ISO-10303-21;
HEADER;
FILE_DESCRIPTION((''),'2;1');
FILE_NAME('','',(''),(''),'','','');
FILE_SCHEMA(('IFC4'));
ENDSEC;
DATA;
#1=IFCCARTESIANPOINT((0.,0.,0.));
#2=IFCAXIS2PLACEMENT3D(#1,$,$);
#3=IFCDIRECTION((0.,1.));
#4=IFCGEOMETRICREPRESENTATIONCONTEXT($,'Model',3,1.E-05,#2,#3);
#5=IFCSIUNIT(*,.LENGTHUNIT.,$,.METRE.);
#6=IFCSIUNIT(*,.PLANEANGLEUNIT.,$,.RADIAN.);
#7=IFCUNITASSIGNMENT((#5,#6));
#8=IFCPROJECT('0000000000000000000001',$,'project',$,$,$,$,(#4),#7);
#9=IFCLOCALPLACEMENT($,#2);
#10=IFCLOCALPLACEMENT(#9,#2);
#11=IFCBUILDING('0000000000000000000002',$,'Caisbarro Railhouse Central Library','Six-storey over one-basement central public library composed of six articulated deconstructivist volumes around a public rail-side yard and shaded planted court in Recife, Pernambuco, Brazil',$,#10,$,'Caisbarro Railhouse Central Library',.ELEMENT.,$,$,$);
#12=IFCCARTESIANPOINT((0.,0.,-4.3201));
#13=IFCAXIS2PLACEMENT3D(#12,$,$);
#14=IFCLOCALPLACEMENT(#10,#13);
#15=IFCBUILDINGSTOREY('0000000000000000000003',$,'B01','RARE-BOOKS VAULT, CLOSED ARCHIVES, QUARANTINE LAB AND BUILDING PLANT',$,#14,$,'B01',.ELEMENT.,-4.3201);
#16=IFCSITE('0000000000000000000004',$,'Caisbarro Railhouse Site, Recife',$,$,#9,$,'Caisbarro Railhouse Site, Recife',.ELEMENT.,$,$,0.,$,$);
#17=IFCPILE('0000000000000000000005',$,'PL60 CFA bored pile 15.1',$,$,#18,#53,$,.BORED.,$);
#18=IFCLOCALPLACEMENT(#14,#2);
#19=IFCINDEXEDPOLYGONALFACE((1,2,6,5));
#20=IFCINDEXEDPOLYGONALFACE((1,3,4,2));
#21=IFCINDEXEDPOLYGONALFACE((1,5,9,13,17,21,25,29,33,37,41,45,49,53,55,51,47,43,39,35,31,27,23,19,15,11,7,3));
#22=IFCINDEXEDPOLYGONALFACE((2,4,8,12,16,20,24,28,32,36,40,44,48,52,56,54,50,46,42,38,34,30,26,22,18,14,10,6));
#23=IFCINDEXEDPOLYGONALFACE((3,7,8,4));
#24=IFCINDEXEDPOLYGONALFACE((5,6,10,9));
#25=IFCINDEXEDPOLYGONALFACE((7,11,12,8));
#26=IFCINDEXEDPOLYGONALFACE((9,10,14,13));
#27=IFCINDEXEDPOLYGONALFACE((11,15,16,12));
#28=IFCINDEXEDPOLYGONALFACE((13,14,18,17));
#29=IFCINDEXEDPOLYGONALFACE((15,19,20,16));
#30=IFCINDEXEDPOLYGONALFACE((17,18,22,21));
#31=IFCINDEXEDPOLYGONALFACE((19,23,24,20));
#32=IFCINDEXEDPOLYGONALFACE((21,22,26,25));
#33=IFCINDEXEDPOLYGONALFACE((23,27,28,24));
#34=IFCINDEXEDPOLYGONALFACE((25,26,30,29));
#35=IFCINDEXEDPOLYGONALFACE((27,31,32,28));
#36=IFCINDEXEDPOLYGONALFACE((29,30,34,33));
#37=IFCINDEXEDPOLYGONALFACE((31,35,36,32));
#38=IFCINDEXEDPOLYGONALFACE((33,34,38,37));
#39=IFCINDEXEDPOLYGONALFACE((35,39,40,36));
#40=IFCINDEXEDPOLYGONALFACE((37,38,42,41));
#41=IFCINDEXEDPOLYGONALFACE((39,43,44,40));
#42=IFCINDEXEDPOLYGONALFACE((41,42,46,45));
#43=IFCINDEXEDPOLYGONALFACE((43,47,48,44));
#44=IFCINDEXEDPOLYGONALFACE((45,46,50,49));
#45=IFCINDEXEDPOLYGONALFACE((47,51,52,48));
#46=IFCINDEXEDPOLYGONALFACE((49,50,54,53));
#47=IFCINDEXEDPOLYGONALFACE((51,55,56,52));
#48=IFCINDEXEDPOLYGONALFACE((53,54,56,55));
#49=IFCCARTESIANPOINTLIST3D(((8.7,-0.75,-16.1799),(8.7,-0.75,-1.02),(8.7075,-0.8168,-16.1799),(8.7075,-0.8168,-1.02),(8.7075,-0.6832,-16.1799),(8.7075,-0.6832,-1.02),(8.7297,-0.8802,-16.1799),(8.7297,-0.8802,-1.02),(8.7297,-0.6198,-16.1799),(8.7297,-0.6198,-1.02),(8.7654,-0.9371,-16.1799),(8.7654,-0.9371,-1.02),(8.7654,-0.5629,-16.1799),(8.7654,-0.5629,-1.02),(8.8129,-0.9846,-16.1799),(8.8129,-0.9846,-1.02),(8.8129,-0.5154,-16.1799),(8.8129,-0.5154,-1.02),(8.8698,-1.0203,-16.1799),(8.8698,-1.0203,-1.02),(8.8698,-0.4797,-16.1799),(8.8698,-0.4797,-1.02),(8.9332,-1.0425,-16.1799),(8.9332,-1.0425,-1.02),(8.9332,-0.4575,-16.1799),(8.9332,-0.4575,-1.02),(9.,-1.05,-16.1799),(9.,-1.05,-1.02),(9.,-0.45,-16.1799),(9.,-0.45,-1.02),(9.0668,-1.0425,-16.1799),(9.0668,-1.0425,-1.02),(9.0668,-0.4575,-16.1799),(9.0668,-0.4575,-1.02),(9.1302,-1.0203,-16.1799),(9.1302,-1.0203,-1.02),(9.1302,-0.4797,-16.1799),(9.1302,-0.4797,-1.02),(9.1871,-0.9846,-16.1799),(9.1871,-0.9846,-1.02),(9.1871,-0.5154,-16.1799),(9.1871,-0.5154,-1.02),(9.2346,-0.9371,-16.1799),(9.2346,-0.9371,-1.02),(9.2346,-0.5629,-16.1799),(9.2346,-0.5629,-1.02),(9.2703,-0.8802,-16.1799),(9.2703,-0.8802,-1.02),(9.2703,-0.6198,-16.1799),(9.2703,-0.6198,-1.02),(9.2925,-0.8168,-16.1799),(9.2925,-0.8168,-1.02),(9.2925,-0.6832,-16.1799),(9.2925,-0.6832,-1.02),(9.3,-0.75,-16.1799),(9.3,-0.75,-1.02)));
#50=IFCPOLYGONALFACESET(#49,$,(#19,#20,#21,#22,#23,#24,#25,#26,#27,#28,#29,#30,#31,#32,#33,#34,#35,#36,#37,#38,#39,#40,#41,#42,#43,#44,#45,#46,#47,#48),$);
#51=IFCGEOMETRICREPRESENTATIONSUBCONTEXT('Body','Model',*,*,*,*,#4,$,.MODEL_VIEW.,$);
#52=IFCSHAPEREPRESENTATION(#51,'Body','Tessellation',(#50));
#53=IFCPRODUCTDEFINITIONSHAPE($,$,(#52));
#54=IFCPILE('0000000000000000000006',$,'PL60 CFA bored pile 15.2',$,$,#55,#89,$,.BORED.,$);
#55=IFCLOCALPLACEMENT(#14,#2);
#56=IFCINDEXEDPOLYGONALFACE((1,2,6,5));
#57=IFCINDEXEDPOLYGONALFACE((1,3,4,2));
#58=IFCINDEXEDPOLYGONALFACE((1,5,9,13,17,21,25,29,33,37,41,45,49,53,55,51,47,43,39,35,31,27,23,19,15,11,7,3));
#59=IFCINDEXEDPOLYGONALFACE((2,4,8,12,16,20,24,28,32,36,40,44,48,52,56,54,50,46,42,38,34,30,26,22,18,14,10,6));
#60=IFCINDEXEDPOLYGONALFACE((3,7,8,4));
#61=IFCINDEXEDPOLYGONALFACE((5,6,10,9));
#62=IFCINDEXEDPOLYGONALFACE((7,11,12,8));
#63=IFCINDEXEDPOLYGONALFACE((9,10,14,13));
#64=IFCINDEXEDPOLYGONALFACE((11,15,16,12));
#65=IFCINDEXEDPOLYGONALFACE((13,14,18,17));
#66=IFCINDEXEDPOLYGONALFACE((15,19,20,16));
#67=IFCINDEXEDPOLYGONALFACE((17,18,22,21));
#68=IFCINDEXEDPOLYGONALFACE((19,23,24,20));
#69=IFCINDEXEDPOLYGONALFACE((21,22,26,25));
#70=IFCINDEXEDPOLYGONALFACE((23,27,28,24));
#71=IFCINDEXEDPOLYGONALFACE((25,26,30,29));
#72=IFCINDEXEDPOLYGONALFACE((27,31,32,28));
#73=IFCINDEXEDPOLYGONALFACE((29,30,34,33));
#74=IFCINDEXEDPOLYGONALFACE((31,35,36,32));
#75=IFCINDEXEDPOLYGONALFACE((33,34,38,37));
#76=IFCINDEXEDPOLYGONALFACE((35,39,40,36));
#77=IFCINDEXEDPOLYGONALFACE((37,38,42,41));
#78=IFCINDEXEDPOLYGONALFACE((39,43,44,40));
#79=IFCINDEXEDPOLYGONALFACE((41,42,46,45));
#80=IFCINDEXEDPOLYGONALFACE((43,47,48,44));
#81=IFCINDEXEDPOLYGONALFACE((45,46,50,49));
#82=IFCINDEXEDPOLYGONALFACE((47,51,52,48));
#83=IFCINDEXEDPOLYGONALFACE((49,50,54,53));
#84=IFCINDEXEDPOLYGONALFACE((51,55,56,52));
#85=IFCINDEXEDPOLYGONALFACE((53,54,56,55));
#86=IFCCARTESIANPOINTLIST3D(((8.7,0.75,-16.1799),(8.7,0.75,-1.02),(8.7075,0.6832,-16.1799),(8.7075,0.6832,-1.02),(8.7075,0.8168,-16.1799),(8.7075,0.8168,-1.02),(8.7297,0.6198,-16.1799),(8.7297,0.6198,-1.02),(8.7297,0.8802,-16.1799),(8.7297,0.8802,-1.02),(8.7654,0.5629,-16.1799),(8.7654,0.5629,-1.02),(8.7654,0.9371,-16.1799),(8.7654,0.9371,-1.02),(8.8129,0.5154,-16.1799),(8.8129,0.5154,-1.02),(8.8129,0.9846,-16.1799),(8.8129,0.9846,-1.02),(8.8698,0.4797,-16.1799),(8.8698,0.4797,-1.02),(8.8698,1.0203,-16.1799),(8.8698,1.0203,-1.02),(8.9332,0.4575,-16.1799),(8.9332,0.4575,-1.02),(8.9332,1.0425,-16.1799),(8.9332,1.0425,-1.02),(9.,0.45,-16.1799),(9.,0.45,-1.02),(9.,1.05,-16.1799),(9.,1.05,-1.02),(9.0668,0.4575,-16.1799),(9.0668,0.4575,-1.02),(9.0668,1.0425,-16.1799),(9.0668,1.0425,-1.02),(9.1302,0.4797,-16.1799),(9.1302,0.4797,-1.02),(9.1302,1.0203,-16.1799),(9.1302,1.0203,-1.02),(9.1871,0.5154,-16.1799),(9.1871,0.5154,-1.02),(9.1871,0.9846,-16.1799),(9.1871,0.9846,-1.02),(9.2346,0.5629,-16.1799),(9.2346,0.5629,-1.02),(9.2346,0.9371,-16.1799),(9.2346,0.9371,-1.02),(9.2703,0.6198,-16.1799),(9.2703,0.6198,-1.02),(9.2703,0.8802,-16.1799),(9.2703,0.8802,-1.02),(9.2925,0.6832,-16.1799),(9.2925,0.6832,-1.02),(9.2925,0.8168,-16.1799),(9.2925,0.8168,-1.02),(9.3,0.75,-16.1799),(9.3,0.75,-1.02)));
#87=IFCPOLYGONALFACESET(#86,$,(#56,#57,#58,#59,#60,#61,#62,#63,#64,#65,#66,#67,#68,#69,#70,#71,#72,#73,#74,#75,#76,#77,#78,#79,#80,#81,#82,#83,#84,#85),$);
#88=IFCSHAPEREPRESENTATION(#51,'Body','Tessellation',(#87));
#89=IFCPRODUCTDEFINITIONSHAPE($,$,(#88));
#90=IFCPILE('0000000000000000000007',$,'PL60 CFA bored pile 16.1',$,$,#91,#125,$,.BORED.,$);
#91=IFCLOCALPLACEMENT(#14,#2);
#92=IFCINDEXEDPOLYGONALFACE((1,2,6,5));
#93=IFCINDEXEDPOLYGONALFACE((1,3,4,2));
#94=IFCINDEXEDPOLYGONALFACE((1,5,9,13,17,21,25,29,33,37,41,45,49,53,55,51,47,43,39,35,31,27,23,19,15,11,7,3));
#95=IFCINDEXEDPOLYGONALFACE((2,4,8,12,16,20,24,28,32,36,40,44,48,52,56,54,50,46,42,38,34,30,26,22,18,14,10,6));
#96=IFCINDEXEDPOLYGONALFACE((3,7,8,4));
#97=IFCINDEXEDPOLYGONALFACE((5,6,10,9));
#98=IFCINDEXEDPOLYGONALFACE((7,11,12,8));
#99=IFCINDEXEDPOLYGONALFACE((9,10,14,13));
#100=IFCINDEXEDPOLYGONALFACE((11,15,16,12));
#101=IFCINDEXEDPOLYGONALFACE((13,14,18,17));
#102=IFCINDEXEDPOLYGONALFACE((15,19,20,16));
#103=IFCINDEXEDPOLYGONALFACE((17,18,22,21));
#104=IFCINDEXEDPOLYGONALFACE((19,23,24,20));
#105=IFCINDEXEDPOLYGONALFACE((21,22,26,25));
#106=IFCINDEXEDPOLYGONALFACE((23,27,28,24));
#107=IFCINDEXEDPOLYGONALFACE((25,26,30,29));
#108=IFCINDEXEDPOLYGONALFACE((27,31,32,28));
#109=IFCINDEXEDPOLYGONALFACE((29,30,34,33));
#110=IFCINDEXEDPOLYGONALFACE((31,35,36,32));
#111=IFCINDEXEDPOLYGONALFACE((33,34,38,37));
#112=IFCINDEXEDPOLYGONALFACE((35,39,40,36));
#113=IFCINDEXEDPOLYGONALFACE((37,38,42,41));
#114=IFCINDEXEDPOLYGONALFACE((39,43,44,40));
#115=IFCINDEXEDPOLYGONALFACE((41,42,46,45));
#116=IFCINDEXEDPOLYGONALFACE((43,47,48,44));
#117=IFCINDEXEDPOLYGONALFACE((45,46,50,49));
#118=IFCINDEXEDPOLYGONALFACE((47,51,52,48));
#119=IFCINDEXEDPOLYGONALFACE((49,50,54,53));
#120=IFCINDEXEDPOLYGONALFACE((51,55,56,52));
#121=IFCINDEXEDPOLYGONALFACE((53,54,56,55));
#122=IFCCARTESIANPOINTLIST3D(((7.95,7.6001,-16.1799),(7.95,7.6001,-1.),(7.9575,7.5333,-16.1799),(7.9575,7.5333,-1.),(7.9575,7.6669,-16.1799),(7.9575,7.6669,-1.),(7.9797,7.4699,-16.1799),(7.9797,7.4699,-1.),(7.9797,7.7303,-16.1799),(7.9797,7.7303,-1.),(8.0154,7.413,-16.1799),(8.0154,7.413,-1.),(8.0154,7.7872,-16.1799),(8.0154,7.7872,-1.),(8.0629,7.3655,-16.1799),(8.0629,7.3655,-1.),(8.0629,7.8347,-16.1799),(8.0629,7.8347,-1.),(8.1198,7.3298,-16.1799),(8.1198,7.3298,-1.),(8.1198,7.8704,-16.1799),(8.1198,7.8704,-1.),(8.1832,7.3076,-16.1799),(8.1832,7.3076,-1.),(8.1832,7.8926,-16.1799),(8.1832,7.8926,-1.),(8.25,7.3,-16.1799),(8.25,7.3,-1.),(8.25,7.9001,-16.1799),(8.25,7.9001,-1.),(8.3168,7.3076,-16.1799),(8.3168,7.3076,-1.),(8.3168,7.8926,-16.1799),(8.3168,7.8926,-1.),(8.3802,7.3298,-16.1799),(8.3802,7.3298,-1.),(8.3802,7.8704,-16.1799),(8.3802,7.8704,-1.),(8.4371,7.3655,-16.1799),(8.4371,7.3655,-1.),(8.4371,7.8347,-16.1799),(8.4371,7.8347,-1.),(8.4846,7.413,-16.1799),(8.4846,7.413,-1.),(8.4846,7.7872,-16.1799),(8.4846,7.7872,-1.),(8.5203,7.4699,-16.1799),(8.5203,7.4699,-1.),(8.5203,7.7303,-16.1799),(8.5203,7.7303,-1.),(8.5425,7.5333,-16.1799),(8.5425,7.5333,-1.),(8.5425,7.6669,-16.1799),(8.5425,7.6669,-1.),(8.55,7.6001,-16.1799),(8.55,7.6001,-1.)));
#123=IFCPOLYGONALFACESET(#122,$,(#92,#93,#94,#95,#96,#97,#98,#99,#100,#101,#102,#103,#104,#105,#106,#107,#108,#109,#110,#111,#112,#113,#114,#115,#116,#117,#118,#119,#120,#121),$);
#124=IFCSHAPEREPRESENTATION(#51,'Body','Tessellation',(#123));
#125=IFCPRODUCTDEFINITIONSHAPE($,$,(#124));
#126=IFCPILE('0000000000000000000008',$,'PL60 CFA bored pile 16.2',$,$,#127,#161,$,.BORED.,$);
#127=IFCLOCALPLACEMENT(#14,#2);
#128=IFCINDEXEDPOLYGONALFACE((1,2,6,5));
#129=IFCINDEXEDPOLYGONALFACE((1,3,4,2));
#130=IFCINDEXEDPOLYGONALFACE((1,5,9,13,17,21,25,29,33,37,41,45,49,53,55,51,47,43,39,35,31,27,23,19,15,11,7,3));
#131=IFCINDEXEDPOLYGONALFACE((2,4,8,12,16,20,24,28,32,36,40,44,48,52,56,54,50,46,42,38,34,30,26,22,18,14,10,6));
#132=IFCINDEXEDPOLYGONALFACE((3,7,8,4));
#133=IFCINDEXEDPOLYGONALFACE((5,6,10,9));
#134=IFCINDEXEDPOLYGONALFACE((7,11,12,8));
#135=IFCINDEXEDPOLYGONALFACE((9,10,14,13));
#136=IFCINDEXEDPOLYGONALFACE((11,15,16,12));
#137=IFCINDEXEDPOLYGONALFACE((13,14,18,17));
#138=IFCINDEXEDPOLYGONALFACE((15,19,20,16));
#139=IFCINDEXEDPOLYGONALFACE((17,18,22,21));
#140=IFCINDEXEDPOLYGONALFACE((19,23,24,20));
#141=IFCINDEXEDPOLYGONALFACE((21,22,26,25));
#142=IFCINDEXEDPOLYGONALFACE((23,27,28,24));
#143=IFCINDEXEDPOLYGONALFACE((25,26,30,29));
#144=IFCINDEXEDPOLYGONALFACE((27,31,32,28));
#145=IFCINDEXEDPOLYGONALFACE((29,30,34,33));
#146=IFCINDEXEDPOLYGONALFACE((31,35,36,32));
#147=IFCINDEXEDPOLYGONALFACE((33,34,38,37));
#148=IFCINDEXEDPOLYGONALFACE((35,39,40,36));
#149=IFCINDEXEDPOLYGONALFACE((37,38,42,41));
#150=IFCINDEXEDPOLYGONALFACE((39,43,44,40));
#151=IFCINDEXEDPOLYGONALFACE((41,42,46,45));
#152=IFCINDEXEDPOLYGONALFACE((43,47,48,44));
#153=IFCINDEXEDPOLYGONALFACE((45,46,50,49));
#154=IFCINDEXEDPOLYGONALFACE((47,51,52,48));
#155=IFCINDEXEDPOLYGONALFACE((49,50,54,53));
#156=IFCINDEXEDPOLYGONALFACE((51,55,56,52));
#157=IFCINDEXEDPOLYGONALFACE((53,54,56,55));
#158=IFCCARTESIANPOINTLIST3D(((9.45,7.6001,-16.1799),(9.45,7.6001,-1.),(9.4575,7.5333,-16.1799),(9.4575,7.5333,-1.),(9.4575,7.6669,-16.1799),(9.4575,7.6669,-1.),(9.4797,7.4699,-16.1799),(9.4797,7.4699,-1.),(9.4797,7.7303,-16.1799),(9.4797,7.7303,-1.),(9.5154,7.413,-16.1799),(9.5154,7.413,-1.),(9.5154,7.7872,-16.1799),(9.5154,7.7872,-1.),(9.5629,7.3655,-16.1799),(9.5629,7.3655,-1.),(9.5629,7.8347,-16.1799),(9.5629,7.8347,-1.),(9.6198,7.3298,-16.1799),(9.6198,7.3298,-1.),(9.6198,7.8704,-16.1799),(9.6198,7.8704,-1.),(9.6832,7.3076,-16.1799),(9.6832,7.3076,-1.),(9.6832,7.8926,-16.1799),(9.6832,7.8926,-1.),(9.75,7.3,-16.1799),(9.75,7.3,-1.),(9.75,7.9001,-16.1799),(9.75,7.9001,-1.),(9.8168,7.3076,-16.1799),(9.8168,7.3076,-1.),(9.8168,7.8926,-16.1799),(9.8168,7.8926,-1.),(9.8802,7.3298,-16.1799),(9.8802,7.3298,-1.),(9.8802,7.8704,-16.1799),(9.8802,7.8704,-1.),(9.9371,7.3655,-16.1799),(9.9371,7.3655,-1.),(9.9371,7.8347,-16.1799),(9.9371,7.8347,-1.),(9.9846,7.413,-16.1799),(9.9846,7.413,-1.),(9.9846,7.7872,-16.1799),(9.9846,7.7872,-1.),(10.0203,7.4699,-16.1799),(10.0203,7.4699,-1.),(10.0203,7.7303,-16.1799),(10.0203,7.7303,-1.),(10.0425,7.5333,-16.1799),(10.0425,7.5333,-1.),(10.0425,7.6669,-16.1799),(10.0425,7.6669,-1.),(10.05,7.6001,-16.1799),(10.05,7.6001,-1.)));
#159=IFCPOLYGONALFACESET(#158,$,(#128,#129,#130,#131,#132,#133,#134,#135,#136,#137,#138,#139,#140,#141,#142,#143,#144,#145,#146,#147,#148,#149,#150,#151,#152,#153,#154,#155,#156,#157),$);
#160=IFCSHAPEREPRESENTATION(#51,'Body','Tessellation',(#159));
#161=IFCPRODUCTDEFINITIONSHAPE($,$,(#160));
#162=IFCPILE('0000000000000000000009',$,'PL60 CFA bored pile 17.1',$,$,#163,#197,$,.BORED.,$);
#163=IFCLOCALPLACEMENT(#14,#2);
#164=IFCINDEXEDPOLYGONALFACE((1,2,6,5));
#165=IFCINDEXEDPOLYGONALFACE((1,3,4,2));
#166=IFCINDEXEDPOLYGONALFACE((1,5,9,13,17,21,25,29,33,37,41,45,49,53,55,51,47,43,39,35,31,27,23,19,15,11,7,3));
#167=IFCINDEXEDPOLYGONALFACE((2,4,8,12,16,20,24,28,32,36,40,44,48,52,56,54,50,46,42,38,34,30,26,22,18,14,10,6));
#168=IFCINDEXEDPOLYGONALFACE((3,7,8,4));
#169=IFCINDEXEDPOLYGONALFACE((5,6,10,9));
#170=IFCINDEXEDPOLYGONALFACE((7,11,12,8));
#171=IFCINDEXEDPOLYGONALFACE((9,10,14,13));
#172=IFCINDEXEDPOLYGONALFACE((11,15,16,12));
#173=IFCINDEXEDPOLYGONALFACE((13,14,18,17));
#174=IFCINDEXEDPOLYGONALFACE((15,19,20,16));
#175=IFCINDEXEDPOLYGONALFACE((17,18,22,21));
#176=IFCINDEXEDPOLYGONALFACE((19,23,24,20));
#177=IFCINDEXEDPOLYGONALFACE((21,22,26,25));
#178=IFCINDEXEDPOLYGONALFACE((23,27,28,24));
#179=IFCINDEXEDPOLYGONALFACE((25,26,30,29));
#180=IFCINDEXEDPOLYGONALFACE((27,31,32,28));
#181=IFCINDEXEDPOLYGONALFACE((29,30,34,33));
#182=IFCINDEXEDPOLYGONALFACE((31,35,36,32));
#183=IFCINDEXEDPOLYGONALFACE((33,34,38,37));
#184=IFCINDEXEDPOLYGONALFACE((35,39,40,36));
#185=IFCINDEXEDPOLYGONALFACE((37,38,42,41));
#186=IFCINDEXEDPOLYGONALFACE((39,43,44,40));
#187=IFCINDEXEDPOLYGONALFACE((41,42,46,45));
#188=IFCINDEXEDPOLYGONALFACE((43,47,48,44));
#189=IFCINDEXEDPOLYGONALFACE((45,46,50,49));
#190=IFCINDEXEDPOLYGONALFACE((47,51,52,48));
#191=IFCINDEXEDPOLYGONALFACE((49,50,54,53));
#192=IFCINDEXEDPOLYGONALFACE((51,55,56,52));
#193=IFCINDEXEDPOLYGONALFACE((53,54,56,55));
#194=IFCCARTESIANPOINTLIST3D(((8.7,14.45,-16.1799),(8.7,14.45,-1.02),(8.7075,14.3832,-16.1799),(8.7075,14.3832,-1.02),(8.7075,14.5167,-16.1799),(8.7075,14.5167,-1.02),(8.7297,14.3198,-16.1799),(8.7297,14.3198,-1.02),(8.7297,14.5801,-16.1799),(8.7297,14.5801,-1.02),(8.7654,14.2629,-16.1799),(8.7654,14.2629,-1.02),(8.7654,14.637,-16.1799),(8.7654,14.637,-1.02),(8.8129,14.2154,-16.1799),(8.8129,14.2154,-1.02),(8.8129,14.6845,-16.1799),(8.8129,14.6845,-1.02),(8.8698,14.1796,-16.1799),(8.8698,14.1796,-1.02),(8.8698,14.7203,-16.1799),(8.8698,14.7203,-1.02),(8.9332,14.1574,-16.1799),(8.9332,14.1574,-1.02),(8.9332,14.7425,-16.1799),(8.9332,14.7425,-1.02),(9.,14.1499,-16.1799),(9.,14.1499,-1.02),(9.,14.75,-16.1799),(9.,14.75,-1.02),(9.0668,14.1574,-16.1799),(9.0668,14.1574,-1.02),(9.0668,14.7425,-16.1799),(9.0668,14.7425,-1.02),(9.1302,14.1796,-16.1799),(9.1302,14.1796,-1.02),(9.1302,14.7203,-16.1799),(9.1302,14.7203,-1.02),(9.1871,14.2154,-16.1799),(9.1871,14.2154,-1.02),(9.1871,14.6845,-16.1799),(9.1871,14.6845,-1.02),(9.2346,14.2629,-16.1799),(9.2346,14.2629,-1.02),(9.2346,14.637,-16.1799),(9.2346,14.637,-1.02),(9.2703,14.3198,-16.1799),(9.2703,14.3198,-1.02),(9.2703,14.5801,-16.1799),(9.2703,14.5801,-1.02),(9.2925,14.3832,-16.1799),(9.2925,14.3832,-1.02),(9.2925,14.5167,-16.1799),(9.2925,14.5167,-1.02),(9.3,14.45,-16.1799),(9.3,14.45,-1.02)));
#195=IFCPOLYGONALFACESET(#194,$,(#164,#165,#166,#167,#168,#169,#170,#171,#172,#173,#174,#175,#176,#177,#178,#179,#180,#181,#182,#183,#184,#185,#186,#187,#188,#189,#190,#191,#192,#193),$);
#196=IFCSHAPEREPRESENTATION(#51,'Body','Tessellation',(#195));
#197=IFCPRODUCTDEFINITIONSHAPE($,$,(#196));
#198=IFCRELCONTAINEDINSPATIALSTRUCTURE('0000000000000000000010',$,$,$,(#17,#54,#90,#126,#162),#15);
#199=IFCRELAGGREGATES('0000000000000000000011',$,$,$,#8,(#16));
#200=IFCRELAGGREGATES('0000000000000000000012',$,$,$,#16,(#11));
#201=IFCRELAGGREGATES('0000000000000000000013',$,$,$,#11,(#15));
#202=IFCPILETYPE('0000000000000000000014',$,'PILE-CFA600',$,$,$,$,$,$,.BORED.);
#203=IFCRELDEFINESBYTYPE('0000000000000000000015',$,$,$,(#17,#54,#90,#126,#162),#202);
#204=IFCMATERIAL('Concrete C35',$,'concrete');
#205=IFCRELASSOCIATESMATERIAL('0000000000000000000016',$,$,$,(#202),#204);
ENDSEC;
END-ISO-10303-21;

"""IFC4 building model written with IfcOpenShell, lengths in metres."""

from ifc_helpers import new_model, si_unit, direction, frame, origin, origin_2d, place, context, subcontext, project, spatial, circle, extrude, material, material_profile, profile_set, type_object, element, save


model = new_model("IFC4")

# Units and contexts
model_context = context("Model", 3, precision=1e-05, world=origin(), true_north=direction((0.0, 1.0)))
body_context = subcontext(model_context, "Body", "Model", "MODEL_VIEW")
ifc_project = project(units=[si_unit("LENGTHUNIT", "METRE"), si_unit("PLANEANGLEUNIT", "RADIAN")], contexts=[model_context])

# Site, building, storey
site_placement = place(None, origin())
site = spatial("IfcSite", under=ifc_project, at=site_placement, Name="Caisbarro Railhouse Site, Recife", LongName="Caisbarro Railhouse Site, Recife", CompositionType="ELEMENT", RefElevation=0.0)
building_placement = place(site_placement, origin())
building = spatial("IfcBuilding", under=site, at=building_placement, Name="Caisbarro Railhouse Central Library", Description="Six-storey over one-basement central public library composed of six articulated deconstructivist volumes around a public rail-side yard and shaded planted court in Recife, Pernambuco, Brazil", LongName="Caisbarro Railhouse Central Library", CompositionType="ELEMENT")
storey_placement = place(building_placement, frame((0.0, 0.0, -4.3201)))
storey = spatial("IfcBuildingStorey", under=building, at=storey_placement, Name="B01", Description="RARE-BOOKS VAULT, CLOSED ARCHIVES, QUARANTINE LAB AND BUILDING PLANT", LongName="B01", CompositionType="ELEMENT", Elevation=-4.3201)

# Shared definitions
ifc_material_1 = material(Name="Concrete C35", Category="concrete")

# Piles
ifc_material_profile_1 = material_profile(ifc_material_1, circle(Radius=0.3, at=origin_2d()), Name="PILE-CFA-600")
ifc_profile_set_1 = profile_set([ifc_material_profile_1], Name="Concrete C35")
pile_type = type_object("IfcPileType", Name="PILE-CFA600", PredefinedType="BORED", material=ifc_profile_set_1)
for number, where, z_axis, x_axis, name in (
    (1, (9.0, -0.75, -1.02), (0.0, 0.0, -1.0), (1.0, 0.0, 0.0), "PL60 CFA bored pile 15.1"),
    (2, (9.0, 0.75, -1.02), (0.0, 0.0, -1.0), (1.0, 0.0, 0.0), "PL60 CFA bored pile 15.2"),
):
    element("IfcPile", number, at=place(storey_placement, frame(where, z_axis=z_axis, x_axis=x_axis)), inside=storey, type_object=pile_type, Name=name, PredefinedType="BORED", context=body_context, shape_type="SweptSolid", body=[
        extrude(circle(Radius=0.3, at=origin_2d()), origin(), (0.0, 0.0, 1.0), 15.1599),
    ])
for number, where, z_axis, x_axis, name in (
    (3, (8.25, 7.6001, -1.0), (0.0, 0.0, -1.0), (1.0, 0.0, 0.0), "PL60 CFA bored pile 16.1"),
    (4, (9.75, 7.6001, -1.0), (0.0, 0.0, -1.0), (1.0, 0.0, 0.0), "PL60 CFA bored pile 16.2"),
):
    element("IfcPile", number, at=place(storey_placement, frame(where, z_axis=z_axis, x_axis=x_axis)), inside=storey, type_object=pile_type, Name=name, PredefinedType="BORED", context=body_context, shape_type="SweptSolid", body=[
        extrude(circle(Radius=0.3, at=origin_2d()), origin(), (0.0, 0.0, 1.0), 15.1799),
    ])
for number, where, z_axis, x_axis, name in (
    (5, (9.0, 14.45, -1.02), (0.0, 0.0, -1.0), (1.0, 0.0, 0.0), "PL60 CFA bored pile 17.1"),
):
    element("IfcPile", number, at=place(storey_placement, frame(where, z_axis=z_axis, x_axis=x_axis)), inside=storey, type_object=pile_type, Name=name, PredefinedType="BORED", context=body_context, shape_type="SweptSolid", body=[
        extrude(circle(Radius=0.3, at=origin_2d()), origin(), (0.0, 0.0, 1.0), 15.1599),
    ])

save(model, "model.ifc")
